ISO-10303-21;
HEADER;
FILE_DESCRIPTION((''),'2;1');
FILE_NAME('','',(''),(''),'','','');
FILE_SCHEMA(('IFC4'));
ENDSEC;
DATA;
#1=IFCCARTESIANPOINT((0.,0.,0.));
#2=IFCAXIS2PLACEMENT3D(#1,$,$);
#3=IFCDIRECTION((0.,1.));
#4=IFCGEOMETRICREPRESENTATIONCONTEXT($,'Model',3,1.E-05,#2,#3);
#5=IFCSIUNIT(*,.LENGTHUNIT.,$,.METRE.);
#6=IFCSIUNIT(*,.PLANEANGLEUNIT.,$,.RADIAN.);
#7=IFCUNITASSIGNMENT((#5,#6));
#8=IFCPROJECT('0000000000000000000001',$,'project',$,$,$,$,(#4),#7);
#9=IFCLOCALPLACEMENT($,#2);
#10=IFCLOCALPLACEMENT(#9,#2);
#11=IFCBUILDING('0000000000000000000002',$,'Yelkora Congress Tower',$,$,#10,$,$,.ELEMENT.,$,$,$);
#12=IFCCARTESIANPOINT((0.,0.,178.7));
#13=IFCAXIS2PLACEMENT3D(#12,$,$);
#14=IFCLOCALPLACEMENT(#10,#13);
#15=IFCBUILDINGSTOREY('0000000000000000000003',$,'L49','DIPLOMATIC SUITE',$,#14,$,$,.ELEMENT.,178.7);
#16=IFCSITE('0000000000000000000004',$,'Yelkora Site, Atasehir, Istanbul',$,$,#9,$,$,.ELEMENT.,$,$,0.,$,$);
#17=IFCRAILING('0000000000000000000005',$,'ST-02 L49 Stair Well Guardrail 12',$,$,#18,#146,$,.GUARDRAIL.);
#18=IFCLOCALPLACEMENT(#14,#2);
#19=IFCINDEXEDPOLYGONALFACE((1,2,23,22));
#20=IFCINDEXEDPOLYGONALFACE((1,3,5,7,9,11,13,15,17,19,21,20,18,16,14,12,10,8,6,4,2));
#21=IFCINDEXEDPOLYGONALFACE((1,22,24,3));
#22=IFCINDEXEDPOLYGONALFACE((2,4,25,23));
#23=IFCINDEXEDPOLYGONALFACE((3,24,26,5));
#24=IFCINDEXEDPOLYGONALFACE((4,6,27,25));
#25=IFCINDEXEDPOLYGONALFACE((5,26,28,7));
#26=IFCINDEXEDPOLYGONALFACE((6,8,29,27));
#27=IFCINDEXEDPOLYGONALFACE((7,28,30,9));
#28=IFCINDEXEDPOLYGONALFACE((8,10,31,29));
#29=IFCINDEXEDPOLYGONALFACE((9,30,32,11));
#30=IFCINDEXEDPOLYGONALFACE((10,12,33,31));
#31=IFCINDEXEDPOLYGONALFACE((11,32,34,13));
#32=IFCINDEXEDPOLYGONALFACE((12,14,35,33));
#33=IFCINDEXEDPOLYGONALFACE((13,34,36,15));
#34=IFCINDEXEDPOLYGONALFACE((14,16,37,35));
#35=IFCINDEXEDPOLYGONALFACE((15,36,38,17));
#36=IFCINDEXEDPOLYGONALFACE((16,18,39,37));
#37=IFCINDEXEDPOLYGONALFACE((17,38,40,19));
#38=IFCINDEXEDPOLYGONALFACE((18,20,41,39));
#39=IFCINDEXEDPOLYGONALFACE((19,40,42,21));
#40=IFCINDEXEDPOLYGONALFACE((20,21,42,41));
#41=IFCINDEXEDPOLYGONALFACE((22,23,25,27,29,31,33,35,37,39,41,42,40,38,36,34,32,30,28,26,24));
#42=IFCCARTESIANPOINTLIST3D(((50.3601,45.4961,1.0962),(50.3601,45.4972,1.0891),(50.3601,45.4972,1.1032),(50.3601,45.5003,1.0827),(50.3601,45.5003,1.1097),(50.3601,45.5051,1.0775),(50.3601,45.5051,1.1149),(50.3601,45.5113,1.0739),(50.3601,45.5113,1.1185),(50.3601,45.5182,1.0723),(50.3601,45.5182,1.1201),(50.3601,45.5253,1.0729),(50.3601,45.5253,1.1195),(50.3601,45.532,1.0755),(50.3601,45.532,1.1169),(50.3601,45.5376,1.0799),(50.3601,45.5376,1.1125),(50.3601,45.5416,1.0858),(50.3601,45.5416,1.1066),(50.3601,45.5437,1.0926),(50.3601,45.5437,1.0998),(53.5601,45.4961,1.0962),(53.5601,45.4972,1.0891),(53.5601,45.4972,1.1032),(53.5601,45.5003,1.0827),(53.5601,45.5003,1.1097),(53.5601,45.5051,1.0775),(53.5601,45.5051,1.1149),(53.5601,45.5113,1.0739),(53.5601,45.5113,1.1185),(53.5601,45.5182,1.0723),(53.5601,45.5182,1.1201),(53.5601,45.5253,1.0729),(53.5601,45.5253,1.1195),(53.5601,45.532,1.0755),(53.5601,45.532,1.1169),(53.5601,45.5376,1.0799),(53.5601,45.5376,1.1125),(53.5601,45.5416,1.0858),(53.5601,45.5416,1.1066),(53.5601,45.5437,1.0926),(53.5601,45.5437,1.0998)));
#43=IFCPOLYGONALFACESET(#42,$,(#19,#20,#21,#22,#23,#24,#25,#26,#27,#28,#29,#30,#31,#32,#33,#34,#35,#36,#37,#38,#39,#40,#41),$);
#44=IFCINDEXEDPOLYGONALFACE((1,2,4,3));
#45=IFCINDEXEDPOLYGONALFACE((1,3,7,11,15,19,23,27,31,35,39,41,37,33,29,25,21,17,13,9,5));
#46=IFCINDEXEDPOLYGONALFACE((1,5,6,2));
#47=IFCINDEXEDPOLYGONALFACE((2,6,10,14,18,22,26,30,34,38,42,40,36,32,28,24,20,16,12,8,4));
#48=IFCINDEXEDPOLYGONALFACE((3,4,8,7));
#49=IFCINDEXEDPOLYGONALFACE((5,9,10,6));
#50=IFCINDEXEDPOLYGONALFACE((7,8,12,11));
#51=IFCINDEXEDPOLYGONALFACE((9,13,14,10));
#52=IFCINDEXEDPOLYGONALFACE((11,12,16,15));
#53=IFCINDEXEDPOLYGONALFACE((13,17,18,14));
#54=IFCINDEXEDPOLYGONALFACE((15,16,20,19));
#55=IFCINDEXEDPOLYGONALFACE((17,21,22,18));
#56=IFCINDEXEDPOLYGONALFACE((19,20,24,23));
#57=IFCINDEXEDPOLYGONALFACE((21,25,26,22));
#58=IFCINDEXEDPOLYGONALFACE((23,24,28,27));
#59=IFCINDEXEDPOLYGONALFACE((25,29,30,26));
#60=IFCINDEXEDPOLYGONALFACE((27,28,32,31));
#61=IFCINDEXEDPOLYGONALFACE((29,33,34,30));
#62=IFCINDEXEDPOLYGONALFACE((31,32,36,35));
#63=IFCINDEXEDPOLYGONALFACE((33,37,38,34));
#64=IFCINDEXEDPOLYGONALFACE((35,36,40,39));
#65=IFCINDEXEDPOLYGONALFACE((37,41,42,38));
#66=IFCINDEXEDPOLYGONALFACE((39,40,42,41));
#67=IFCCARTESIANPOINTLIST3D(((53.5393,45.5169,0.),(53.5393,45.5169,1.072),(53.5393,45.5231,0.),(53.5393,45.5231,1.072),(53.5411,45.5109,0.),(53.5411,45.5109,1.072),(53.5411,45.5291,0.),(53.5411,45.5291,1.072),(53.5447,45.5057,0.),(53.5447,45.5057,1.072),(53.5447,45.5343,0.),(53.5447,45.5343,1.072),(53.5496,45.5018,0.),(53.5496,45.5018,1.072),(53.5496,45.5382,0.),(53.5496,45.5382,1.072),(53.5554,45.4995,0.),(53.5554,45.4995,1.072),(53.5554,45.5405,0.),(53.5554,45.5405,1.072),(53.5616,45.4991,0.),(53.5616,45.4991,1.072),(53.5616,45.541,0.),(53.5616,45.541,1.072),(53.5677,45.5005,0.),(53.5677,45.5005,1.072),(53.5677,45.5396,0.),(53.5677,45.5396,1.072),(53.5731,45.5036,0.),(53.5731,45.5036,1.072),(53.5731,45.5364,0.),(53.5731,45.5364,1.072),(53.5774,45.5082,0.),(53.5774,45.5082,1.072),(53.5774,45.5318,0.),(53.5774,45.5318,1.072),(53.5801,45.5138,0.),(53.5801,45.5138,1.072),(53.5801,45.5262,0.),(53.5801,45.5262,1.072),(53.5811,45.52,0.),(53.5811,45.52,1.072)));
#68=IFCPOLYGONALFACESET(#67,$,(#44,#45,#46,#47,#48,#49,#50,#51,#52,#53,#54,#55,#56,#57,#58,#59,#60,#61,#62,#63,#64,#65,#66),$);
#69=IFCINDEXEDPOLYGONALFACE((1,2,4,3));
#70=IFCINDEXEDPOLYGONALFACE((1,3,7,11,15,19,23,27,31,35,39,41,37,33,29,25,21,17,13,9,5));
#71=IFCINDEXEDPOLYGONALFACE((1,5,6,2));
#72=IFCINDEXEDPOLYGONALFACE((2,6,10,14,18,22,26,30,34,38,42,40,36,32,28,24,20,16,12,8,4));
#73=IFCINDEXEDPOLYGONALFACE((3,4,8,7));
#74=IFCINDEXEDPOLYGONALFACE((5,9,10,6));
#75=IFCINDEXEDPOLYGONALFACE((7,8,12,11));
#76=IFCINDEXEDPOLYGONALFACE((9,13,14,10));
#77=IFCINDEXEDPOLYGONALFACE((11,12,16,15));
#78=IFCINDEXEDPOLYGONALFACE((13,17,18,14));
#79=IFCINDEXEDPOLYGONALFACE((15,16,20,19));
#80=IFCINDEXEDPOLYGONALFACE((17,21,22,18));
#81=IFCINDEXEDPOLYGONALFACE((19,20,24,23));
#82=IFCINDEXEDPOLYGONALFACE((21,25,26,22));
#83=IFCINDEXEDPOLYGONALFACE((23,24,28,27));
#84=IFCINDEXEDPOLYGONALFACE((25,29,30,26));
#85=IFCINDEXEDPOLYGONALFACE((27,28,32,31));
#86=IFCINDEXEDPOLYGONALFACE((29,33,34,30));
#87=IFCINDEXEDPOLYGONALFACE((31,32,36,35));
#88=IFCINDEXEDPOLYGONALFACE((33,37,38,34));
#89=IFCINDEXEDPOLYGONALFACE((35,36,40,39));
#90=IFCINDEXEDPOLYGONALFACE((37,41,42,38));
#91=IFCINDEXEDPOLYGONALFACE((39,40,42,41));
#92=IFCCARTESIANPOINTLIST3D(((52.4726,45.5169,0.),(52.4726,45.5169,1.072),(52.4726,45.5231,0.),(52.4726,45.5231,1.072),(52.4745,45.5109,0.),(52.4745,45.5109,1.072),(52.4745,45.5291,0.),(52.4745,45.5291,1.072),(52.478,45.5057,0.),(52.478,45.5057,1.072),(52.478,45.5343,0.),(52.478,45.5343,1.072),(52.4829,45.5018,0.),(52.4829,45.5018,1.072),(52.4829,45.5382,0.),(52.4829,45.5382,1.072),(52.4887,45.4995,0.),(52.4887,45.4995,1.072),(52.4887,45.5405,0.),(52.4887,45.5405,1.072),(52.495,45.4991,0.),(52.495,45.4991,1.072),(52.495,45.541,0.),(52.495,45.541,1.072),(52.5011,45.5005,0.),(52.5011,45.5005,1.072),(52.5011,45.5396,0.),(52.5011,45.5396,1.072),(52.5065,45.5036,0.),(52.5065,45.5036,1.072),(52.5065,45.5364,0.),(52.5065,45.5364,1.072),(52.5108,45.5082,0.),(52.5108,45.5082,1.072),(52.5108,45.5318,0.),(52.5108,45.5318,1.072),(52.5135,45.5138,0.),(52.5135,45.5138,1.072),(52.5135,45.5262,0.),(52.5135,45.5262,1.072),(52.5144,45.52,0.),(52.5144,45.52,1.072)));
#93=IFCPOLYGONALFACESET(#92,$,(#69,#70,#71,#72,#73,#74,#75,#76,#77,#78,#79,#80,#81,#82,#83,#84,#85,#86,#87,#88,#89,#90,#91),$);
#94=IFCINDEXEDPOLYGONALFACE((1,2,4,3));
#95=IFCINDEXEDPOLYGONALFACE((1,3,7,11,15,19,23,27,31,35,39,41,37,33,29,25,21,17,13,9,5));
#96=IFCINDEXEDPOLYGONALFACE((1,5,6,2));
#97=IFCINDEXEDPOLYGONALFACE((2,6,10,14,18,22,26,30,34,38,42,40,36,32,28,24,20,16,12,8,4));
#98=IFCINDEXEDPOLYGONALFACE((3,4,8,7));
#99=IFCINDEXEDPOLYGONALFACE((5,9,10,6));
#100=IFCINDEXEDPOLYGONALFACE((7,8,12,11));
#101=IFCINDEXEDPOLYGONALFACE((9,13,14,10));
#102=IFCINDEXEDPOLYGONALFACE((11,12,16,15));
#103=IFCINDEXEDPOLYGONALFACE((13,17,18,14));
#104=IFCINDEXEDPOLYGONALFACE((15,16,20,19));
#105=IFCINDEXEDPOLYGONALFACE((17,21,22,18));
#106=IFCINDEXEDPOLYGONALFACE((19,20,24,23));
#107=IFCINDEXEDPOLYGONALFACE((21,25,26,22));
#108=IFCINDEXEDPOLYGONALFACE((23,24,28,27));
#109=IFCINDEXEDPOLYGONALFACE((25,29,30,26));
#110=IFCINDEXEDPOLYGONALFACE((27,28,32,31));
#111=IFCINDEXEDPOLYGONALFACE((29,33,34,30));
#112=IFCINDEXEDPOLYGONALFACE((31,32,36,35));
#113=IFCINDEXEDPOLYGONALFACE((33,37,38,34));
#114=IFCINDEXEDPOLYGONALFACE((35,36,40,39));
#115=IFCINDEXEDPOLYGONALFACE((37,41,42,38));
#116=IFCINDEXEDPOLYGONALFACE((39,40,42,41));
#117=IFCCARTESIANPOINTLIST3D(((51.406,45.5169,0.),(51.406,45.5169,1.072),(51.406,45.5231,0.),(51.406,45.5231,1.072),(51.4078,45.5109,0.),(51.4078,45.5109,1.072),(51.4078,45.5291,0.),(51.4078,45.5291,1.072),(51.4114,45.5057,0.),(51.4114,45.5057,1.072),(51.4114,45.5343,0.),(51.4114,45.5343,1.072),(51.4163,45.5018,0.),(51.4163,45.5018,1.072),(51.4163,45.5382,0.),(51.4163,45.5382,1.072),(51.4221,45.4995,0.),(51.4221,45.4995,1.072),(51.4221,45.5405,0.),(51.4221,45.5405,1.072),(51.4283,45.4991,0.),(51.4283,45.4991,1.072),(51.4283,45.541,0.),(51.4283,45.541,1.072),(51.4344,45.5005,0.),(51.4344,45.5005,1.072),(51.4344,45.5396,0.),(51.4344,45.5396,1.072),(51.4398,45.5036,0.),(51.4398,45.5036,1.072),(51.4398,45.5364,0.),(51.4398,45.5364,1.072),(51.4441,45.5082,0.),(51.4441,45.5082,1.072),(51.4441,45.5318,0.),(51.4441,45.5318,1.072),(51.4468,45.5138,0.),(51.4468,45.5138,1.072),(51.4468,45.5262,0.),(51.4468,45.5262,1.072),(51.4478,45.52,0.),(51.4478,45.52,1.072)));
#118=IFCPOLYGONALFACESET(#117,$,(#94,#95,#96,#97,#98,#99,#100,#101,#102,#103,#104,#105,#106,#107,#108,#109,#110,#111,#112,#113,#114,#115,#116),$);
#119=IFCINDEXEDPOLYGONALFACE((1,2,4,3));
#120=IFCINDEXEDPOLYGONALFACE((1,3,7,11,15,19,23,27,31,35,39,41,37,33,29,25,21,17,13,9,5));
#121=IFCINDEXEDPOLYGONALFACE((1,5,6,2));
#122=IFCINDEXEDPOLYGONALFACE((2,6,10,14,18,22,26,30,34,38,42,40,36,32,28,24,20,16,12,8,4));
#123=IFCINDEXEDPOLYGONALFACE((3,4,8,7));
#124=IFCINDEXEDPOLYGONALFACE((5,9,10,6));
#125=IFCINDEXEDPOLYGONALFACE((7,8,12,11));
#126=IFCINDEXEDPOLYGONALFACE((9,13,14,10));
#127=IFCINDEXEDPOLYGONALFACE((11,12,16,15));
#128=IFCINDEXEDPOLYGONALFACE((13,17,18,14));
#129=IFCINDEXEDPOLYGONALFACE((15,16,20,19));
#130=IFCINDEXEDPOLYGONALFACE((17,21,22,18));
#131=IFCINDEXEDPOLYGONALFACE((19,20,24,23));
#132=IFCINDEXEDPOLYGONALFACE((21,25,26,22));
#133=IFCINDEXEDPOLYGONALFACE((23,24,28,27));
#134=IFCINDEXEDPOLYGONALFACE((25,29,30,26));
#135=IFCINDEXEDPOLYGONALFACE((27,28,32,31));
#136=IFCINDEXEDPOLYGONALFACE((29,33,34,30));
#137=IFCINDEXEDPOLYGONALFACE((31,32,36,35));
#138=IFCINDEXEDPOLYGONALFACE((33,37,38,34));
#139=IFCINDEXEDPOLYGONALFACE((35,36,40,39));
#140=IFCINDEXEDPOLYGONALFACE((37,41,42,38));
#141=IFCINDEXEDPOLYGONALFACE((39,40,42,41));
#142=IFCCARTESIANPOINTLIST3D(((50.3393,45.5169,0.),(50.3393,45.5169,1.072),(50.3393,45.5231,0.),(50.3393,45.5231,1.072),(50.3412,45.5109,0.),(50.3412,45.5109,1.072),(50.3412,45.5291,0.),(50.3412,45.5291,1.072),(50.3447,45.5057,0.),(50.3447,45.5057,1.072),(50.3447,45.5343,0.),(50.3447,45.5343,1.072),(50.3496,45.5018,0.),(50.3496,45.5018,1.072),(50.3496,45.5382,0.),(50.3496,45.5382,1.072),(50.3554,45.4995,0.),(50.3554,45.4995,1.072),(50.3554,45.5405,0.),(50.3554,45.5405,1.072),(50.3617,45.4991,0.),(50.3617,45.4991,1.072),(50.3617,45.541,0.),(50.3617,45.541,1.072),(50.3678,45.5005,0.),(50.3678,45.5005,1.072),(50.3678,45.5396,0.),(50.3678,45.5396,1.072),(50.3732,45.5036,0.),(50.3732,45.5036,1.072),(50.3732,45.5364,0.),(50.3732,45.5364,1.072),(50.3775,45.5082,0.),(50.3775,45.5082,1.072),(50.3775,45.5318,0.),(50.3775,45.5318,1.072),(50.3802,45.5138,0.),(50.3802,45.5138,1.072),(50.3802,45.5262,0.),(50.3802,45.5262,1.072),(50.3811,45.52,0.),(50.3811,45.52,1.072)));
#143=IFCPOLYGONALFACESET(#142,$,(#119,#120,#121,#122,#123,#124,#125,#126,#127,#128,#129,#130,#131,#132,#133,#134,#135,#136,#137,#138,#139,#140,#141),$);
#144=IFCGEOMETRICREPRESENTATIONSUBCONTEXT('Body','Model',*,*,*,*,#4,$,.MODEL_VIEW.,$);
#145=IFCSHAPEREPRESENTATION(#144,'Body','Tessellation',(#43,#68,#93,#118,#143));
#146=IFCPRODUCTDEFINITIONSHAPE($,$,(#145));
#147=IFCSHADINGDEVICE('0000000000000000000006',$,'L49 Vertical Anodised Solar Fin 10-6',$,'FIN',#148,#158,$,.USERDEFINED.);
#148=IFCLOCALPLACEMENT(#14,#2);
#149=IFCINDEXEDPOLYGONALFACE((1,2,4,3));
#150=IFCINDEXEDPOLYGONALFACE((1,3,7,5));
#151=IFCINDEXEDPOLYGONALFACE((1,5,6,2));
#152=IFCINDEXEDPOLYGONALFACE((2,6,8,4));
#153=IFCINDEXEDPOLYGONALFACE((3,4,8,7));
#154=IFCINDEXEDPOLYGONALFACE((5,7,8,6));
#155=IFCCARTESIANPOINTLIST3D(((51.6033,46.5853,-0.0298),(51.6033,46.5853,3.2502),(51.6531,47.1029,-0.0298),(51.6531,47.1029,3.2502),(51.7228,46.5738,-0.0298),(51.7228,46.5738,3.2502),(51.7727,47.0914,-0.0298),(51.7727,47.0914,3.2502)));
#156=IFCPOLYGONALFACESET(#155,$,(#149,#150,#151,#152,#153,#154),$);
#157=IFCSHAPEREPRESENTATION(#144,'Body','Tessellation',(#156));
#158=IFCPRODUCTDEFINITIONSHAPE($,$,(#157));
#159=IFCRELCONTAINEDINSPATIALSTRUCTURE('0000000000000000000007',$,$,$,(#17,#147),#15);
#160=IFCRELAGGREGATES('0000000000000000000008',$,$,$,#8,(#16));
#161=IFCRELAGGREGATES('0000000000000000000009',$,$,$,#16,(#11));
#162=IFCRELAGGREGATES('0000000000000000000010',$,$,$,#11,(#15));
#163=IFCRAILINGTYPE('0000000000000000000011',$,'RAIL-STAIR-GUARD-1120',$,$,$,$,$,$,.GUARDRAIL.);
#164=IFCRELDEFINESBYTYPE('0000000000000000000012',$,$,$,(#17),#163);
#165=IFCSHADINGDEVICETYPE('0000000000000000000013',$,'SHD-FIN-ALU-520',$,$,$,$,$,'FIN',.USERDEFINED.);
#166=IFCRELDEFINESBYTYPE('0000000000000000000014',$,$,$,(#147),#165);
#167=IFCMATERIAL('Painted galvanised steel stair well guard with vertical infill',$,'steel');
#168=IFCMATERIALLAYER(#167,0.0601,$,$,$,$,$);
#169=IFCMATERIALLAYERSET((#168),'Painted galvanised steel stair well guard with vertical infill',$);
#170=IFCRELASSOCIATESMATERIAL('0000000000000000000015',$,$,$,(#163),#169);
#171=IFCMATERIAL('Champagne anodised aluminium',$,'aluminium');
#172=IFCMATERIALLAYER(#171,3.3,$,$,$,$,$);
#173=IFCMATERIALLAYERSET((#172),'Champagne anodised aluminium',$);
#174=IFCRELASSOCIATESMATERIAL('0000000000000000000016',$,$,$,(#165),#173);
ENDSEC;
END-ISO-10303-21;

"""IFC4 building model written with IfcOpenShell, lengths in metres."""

from ifc_helpers import new_model, si_unit, direction, frame, origin, origin_2d, place, context, subcontext, project, spatial, rectangle, circle, extrude, material, layer, layer_set, type_object, element, save


model = new_model("IFC4")

# Units and contexts
model_context = context("Model", 3, precision=1e-05, world=origin(), true_north=direction((0.0, 1.0)))
body_context = subcontext(model_context, "Body", "Model", "MODEL_VIEW")
ifc_project = project(units=[si_unit("LENGTHUNIT", "METRE"), si_unit("PLANEANGLEUNIT", "RADIAN")], contexts=[model_context])

# Site, building, storey
site_placement = place(None, origin())
site = spatial("IfcSite", under=ifc_project, at=site_placement, Name="Yelkora Site, Atasehir, Istanbul", CompositionType="ELEMENT", RefElevation=0.0)
building_placement = place(site_placement, origin())
building = spatial("IfcBuilding", under=site, at=building_placement, Name="Yelkora Congress Tower", CompositionType="ELEMENT")
storey_placement = place(building_placement, frame((0.0, 0.0, 178.7)))
storey = spatial("IfcBuildingStorey", under=building, at=storey_placement, Name="L49", Description="DIPLOMATIC SUITE", CompositionType="ELEMENT", Elevation=178.7)

# Railing
ifc_material_1 = material(Name="Painted galvanised steel stair well guard with vertical infill", Category="steel")
ifc_layer_1 = layer(ifc_material_1, 0.0601)
ifc_layer_set_1 = layer_set([ifc_layer_1], Name="Painted galvanised steel stair well guard with vertical infill")
railing_type = type_object("IfcRailingType", Name="RAIL-STAIR-GUARD-1120", PredefinedType="GUARDRAIL", material=ifc_layer_set_1)
railing_1_placement = place(storey_placement, frame((53.5601, 45.52, 0.0)))
element("IfcRailing", 1, at=railing_1_placement, inside=storey, type_object=railing_type, Name="ST-02 L49 Stair Well Guardrail 12", PredefinedType="GUARDRAIL", context=body_context, shape_type="SweptSolid", body=[
    extrude(circle(Radius=0.0239, at=origin_2d()), frame((0.0, 0.0, 1.0962), z_axis=(-1.0, 0.0, 0.0), x_axis=(0.0, -1.0, 0.0)), (0.0, 0.0, 1.0), 3.2),
    extrude(circle(Radius=0.021, at=origin_2d()), origin(), (0.0, 0.0, 1.0), 1.072),
    extrude(circle(Radius=0.021, at=origin_2d()), frame((-1.0667, 0.0, 0.0)), (0.0, 0.0, 1.0), 1.072),
    extrude(circle(Radius=0.021, at=origin_2d()), frame((-2.1333, 0.0, 0.0)), (0.0, 0.0, 1.0), 1.072),
    extrude(circle(Radius=0.021, at=origin_2d()), frame((-3.2, 0.0, 0.0)), (0.0, 0.0, 1.0), 1.072),
])

# Shading device
ifc_material_2 = material(Name="Champagne anodised aluminium", Category="aluminium")
ifc_layer_2 = layer(ifc_material_2, 3.3)
ifc_layer_set_2 = layer_set([ifc_layer_2], Name="Champagne anodised aluminium")
shading_device_type = type_object("IfcShadingDeviceType", Name="SHD-FIN-ALU-520", ElementType="FIN", PredefinedType="USERDEFINED", material=ifc_layer_set_2)
shading_device_placement = place(storey_placement, frame((51.688, 46.8384, -0.0298), z_axis=(0.0, 0.0, 1.0), x_axis=(0.995396, -0.095846, 0.0)))
element("IfcShadingDevice", 2, at=shading_device_placement, inside=storey, type_object=shading_device_type, Name="L49 Vertical Anodised Solar Fin 10-6", ObjectType="FIN", PredefinedType="USERDEFINED", context=body_context, shape_type="SweptSolid", body=[
    extrude(rectangle(XDim=0.1201, YDim=0.52, at=origin_2d()), origin(), (0.0, 0.0, 1.0), 3.28),
])

save(model, "model.ifc")
